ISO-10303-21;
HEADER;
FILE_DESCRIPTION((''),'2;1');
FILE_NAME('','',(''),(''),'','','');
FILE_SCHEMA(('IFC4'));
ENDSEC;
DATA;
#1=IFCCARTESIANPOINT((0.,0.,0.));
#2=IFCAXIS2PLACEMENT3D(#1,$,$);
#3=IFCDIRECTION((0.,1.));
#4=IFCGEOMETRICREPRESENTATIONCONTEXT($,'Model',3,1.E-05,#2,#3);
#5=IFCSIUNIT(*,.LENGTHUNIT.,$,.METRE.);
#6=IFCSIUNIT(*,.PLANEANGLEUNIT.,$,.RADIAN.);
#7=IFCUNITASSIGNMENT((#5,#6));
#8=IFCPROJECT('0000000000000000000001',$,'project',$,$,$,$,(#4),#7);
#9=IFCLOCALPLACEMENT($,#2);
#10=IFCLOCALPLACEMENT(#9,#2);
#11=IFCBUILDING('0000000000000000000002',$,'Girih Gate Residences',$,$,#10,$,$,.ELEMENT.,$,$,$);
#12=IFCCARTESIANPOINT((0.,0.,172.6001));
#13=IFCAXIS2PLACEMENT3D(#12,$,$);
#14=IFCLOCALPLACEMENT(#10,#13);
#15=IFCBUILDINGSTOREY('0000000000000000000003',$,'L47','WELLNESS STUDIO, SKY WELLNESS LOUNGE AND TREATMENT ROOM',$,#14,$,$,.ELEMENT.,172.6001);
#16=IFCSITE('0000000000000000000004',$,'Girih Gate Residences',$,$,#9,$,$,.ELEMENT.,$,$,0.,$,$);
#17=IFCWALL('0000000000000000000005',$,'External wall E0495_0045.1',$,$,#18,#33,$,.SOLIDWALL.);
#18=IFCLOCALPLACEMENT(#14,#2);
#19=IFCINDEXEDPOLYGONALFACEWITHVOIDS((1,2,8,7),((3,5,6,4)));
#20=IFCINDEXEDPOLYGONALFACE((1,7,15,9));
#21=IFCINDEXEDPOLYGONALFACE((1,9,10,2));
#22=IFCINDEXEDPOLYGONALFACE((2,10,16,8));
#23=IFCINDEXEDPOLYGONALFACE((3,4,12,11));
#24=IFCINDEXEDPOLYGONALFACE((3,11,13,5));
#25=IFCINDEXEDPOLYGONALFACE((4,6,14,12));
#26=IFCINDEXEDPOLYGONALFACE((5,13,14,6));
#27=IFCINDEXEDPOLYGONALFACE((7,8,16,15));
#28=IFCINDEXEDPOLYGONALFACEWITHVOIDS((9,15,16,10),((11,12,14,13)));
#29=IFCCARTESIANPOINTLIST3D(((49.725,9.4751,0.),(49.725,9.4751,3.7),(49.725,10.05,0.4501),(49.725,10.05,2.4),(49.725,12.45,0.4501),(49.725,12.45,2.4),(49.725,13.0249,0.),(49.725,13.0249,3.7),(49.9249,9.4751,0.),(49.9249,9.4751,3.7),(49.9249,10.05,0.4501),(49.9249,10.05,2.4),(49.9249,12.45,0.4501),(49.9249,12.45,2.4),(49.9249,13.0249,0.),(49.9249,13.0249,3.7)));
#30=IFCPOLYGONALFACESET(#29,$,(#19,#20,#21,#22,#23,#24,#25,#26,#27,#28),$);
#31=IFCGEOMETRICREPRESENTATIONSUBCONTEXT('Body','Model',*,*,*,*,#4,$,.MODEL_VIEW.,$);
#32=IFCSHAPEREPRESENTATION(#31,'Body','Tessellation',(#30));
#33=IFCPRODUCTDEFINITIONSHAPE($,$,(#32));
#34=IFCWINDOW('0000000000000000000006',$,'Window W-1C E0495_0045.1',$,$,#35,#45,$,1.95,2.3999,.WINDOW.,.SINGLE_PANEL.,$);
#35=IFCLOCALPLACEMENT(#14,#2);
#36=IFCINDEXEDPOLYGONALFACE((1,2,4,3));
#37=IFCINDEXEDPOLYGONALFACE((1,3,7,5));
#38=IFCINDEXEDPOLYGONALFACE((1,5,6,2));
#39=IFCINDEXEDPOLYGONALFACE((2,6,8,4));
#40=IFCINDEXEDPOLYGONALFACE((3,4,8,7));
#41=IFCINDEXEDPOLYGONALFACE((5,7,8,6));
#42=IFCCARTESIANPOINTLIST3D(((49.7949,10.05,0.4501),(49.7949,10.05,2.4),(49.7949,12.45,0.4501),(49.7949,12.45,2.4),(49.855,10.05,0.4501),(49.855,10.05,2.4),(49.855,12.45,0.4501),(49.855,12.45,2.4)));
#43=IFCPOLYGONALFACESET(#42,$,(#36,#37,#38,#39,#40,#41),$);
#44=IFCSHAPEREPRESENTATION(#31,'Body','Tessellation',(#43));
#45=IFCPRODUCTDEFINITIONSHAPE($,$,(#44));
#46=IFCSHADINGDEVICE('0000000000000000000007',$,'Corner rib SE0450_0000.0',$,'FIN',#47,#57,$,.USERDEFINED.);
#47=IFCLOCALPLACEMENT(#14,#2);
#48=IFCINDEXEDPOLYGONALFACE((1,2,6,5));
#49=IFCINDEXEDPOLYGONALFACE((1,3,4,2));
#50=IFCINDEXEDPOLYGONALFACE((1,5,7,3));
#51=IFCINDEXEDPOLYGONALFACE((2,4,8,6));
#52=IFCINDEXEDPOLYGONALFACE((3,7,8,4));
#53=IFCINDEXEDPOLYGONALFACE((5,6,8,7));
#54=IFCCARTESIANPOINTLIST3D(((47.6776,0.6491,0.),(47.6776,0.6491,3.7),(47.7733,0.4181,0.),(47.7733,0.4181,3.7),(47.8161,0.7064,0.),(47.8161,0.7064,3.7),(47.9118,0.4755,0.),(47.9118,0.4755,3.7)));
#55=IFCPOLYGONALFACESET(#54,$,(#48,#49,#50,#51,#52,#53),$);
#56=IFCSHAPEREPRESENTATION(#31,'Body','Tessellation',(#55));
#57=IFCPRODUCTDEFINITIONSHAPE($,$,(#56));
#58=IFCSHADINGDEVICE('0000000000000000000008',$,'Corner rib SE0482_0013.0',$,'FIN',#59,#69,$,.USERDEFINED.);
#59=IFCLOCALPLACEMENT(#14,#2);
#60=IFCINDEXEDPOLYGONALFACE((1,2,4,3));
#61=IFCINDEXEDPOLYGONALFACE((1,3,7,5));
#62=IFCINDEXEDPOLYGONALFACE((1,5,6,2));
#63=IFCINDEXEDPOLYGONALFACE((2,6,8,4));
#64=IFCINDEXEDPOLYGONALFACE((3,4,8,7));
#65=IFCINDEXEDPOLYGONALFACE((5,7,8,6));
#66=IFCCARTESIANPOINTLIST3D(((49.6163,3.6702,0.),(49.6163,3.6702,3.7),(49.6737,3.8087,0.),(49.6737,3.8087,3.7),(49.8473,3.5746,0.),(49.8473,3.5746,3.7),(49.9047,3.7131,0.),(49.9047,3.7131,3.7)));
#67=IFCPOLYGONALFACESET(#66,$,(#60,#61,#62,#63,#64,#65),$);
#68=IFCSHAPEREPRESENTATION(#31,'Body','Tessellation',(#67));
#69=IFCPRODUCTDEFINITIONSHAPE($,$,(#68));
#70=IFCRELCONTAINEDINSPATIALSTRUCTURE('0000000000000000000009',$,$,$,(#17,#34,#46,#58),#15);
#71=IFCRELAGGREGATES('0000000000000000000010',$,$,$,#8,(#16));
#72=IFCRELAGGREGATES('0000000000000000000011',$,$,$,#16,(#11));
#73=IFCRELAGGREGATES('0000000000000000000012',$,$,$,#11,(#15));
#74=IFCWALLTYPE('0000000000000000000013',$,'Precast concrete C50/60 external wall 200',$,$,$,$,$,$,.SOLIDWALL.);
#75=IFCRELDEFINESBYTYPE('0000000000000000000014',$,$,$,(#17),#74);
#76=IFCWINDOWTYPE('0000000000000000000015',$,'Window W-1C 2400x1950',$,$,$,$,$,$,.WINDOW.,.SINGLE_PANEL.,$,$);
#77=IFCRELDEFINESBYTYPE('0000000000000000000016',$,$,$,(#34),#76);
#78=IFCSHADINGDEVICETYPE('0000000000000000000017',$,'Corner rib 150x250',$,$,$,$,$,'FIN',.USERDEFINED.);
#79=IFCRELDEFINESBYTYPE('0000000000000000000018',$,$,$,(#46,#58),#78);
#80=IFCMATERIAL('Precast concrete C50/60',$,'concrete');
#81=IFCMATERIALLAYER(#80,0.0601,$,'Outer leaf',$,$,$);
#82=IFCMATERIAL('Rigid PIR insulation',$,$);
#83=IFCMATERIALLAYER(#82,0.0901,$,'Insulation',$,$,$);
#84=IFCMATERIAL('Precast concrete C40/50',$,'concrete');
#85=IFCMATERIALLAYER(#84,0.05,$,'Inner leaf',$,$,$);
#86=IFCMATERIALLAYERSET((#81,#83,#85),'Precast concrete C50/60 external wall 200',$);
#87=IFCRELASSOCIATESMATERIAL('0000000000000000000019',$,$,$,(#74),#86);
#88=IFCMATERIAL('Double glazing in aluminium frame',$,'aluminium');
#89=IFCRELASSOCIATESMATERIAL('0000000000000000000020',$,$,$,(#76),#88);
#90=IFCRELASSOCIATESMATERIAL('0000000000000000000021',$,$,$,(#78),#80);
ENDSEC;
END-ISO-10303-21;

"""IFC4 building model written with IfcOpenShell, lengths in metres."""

from ifc_helpers import new_model, si_unit, direction, frame, frame_2d, origin, origin_2d, place, context, subcontext, project, spatial, rectangle, extrude, material, layer, layer_set, type_object, element, fill, save


model = new_model("IFC4")

# Units and contexts
model_context = context("Model", 3, precision=1e-05, world=origin(), true_north=direction((0.0, 1.0)))
body_context = subcontext(model_context, "Body", "Model", "MODEL_VIEW")
ifc_project = project(units=[si_unit("LENGTHUNIT", "METRE"), si_unit("PLANEANGLEUNIT", "RADIAN")], contexts=[model_context])

# Site, building, storey
site_placement = place(None, origin())
site = spatial("IfcSite", under=ifc_project, at=site_placement, Name="Girih Gate Residences", CompositionType="ELEMENT", RefElevation=0.0)
building_placement = place(site_placement, origin())
building = spatial("IfcBuilding", under=site, at=building_placement, Name="Girih Gate Residences", CompositionType="ELEMENT")
storey_placement = place(building_placement, frame((0.0, 0.0, 172.6001)))
storey = spatial("IfcBuildingStorey", under=building, at=storey_placement, Name="L47", Description="WELLNESS STUDIO, SKY WELLNESS LOUNGE AND TREATMENT ROOM", CompositionType="ELEMENT", Elevation=172.6001)

# Wall, opening, window
ifc_material_1 = material(Name="Precast concrete C50/60", Category="concrete")
ifc_layer_1 = layer(ifc_material_1, 0.0601, Name="Outer leaf")
ifc_material_2 = material(Name="Rigid PIR insulation")
ifc_layer_2 = layer(ifc_material_2, 0.0901, Name="Insulation")
ifc_material_3 = material(Name="Precast concrete C40/50", Category="concrete")
ifc_layer_3 = layer(ifc_material_3, 0.05, Name="Inner leaf")
ifc_layer_set_1 = layer_set([ifc_layer_1, ifc_layer_2, ifc_layer_3], Name="Precast concrete C50/60 external wall 200")
wall_type_1 = type_object("IfcWallType", Name="Precast concrete C50/60 external wall 200", PredefinedType="SOLIDWALL", material=ifc_layer_set_1)
ifc_material_4 = material(Name="Double glazing in aluminium frame", Category="aluminium")
window_type_1 = type_object("IfcWindowType", Name="Window W-1C 2400x1950", PartitioningType="SINGLE_PANEL", PredefinedType="WINDOW", material=ifc_material_4)
wall_1_placement = place(storey_placement, frame((49.825, 13.0249, 0.0), z_axis=(0.0, 0.0, 1.0), x_axis=(0.0, -1.0, 0.0)))
wall_1 = element("IfcWall", 1, at=wall_1_placement, inside=storey, type_object=wall_type_1, Name="External wall E0495_0045.1", PredefinedType="SOLIDWALL", context=body_context, shape_type="SweptSolid", body=[
    extrude(rectangle(XDim=3.5498, YDim=0.2, at=frame_2d((1.7749, 0.0))), origin(), (0.0, 0.0, 1.0), 3.7),
])
opening_1_placement = place(wall_1_placement, frame((0.575, 0.0, 0.45)))
opening_1 = element("IfcOpeningElement", 2, at=opening_1_placement, cuts=wall_1, PredefinedType="OPENING", context=body_context, shape_type="SweptSolid", body=[
    extrude(rectangle(XDim=2.3999, YDim=1.95, at=frame_2d((1.2, 0.9751))), frame((0.0, 0.1099, 0.0), z_axis=(0.0, -1.0, 0.0), x_axis=(1.0, 0.0, 0.0)), (0.0, 0.0, 1.0), 0.22),
])
window_1_placement = place(opening_1_placement, origin())
window_1 = element("IfcWindow", 3, at=window_1_placement, inside=storey, type_object=window_type_1, Name="Window W-1C E0495_0045.1", OverallHeight=1.95, OverallWidth=2.3999, PartitioningType="SINGLE_PANEL", PredefinedType="WINDOW", context=body_context, shape_type="SweptSolid", body=[
    extrude(rectangle(XDim=2.3999, YDim=1.95, at=frame_2d((1.2, 0.9751))), frame((0.0, 0.03, 0.0), z_axis=(0.0, -1.0, 0.0), x_axis=(1.0, 0.0, 0.0)), (0.0, 0.0, 1.0), 0.0601),
])
fill(opening_1, window_1)

# Shading devices
shading_device_type = type_object("IfcShadingDeviceType", Name="Corner rib 150x250", ElementType="FIN", PredefinedType="USERDEFINED", material=ifc_material_1)
for number, where, z_axis, x_axis, name in (
    (4, (47.7947, 0.5623, 0.0), (0.0, 0.0, 1.0), (0.92388, 0.382683, 0.0), "Corner rib SE0450_0000.0"),
    (5, (49.7605, 3.6917, 0.0), (0.0, 0.0, 1.0), (0.382683, 0.92388, 0.0), "Corner rib SE0482_0013.0"),
):
    element("IfcShadingDevice", number, at=place(storey_placement, frame(where, z_axis=z_axis, x_axis=x_axis)), inside=storey, type_object=shading_device_type, Name=name, ObjectType="FIN", PredefinedType="USERDEFINED", context=body_context, shape_type="SweptSolid", body=[
        extrude(rectangle(XDim=0.1499, YDim=0.25, at=origin_2d()), origin(), (0.0, 0.0, 1.0), 3.7),
    ])

save(model, "model.ifc")
